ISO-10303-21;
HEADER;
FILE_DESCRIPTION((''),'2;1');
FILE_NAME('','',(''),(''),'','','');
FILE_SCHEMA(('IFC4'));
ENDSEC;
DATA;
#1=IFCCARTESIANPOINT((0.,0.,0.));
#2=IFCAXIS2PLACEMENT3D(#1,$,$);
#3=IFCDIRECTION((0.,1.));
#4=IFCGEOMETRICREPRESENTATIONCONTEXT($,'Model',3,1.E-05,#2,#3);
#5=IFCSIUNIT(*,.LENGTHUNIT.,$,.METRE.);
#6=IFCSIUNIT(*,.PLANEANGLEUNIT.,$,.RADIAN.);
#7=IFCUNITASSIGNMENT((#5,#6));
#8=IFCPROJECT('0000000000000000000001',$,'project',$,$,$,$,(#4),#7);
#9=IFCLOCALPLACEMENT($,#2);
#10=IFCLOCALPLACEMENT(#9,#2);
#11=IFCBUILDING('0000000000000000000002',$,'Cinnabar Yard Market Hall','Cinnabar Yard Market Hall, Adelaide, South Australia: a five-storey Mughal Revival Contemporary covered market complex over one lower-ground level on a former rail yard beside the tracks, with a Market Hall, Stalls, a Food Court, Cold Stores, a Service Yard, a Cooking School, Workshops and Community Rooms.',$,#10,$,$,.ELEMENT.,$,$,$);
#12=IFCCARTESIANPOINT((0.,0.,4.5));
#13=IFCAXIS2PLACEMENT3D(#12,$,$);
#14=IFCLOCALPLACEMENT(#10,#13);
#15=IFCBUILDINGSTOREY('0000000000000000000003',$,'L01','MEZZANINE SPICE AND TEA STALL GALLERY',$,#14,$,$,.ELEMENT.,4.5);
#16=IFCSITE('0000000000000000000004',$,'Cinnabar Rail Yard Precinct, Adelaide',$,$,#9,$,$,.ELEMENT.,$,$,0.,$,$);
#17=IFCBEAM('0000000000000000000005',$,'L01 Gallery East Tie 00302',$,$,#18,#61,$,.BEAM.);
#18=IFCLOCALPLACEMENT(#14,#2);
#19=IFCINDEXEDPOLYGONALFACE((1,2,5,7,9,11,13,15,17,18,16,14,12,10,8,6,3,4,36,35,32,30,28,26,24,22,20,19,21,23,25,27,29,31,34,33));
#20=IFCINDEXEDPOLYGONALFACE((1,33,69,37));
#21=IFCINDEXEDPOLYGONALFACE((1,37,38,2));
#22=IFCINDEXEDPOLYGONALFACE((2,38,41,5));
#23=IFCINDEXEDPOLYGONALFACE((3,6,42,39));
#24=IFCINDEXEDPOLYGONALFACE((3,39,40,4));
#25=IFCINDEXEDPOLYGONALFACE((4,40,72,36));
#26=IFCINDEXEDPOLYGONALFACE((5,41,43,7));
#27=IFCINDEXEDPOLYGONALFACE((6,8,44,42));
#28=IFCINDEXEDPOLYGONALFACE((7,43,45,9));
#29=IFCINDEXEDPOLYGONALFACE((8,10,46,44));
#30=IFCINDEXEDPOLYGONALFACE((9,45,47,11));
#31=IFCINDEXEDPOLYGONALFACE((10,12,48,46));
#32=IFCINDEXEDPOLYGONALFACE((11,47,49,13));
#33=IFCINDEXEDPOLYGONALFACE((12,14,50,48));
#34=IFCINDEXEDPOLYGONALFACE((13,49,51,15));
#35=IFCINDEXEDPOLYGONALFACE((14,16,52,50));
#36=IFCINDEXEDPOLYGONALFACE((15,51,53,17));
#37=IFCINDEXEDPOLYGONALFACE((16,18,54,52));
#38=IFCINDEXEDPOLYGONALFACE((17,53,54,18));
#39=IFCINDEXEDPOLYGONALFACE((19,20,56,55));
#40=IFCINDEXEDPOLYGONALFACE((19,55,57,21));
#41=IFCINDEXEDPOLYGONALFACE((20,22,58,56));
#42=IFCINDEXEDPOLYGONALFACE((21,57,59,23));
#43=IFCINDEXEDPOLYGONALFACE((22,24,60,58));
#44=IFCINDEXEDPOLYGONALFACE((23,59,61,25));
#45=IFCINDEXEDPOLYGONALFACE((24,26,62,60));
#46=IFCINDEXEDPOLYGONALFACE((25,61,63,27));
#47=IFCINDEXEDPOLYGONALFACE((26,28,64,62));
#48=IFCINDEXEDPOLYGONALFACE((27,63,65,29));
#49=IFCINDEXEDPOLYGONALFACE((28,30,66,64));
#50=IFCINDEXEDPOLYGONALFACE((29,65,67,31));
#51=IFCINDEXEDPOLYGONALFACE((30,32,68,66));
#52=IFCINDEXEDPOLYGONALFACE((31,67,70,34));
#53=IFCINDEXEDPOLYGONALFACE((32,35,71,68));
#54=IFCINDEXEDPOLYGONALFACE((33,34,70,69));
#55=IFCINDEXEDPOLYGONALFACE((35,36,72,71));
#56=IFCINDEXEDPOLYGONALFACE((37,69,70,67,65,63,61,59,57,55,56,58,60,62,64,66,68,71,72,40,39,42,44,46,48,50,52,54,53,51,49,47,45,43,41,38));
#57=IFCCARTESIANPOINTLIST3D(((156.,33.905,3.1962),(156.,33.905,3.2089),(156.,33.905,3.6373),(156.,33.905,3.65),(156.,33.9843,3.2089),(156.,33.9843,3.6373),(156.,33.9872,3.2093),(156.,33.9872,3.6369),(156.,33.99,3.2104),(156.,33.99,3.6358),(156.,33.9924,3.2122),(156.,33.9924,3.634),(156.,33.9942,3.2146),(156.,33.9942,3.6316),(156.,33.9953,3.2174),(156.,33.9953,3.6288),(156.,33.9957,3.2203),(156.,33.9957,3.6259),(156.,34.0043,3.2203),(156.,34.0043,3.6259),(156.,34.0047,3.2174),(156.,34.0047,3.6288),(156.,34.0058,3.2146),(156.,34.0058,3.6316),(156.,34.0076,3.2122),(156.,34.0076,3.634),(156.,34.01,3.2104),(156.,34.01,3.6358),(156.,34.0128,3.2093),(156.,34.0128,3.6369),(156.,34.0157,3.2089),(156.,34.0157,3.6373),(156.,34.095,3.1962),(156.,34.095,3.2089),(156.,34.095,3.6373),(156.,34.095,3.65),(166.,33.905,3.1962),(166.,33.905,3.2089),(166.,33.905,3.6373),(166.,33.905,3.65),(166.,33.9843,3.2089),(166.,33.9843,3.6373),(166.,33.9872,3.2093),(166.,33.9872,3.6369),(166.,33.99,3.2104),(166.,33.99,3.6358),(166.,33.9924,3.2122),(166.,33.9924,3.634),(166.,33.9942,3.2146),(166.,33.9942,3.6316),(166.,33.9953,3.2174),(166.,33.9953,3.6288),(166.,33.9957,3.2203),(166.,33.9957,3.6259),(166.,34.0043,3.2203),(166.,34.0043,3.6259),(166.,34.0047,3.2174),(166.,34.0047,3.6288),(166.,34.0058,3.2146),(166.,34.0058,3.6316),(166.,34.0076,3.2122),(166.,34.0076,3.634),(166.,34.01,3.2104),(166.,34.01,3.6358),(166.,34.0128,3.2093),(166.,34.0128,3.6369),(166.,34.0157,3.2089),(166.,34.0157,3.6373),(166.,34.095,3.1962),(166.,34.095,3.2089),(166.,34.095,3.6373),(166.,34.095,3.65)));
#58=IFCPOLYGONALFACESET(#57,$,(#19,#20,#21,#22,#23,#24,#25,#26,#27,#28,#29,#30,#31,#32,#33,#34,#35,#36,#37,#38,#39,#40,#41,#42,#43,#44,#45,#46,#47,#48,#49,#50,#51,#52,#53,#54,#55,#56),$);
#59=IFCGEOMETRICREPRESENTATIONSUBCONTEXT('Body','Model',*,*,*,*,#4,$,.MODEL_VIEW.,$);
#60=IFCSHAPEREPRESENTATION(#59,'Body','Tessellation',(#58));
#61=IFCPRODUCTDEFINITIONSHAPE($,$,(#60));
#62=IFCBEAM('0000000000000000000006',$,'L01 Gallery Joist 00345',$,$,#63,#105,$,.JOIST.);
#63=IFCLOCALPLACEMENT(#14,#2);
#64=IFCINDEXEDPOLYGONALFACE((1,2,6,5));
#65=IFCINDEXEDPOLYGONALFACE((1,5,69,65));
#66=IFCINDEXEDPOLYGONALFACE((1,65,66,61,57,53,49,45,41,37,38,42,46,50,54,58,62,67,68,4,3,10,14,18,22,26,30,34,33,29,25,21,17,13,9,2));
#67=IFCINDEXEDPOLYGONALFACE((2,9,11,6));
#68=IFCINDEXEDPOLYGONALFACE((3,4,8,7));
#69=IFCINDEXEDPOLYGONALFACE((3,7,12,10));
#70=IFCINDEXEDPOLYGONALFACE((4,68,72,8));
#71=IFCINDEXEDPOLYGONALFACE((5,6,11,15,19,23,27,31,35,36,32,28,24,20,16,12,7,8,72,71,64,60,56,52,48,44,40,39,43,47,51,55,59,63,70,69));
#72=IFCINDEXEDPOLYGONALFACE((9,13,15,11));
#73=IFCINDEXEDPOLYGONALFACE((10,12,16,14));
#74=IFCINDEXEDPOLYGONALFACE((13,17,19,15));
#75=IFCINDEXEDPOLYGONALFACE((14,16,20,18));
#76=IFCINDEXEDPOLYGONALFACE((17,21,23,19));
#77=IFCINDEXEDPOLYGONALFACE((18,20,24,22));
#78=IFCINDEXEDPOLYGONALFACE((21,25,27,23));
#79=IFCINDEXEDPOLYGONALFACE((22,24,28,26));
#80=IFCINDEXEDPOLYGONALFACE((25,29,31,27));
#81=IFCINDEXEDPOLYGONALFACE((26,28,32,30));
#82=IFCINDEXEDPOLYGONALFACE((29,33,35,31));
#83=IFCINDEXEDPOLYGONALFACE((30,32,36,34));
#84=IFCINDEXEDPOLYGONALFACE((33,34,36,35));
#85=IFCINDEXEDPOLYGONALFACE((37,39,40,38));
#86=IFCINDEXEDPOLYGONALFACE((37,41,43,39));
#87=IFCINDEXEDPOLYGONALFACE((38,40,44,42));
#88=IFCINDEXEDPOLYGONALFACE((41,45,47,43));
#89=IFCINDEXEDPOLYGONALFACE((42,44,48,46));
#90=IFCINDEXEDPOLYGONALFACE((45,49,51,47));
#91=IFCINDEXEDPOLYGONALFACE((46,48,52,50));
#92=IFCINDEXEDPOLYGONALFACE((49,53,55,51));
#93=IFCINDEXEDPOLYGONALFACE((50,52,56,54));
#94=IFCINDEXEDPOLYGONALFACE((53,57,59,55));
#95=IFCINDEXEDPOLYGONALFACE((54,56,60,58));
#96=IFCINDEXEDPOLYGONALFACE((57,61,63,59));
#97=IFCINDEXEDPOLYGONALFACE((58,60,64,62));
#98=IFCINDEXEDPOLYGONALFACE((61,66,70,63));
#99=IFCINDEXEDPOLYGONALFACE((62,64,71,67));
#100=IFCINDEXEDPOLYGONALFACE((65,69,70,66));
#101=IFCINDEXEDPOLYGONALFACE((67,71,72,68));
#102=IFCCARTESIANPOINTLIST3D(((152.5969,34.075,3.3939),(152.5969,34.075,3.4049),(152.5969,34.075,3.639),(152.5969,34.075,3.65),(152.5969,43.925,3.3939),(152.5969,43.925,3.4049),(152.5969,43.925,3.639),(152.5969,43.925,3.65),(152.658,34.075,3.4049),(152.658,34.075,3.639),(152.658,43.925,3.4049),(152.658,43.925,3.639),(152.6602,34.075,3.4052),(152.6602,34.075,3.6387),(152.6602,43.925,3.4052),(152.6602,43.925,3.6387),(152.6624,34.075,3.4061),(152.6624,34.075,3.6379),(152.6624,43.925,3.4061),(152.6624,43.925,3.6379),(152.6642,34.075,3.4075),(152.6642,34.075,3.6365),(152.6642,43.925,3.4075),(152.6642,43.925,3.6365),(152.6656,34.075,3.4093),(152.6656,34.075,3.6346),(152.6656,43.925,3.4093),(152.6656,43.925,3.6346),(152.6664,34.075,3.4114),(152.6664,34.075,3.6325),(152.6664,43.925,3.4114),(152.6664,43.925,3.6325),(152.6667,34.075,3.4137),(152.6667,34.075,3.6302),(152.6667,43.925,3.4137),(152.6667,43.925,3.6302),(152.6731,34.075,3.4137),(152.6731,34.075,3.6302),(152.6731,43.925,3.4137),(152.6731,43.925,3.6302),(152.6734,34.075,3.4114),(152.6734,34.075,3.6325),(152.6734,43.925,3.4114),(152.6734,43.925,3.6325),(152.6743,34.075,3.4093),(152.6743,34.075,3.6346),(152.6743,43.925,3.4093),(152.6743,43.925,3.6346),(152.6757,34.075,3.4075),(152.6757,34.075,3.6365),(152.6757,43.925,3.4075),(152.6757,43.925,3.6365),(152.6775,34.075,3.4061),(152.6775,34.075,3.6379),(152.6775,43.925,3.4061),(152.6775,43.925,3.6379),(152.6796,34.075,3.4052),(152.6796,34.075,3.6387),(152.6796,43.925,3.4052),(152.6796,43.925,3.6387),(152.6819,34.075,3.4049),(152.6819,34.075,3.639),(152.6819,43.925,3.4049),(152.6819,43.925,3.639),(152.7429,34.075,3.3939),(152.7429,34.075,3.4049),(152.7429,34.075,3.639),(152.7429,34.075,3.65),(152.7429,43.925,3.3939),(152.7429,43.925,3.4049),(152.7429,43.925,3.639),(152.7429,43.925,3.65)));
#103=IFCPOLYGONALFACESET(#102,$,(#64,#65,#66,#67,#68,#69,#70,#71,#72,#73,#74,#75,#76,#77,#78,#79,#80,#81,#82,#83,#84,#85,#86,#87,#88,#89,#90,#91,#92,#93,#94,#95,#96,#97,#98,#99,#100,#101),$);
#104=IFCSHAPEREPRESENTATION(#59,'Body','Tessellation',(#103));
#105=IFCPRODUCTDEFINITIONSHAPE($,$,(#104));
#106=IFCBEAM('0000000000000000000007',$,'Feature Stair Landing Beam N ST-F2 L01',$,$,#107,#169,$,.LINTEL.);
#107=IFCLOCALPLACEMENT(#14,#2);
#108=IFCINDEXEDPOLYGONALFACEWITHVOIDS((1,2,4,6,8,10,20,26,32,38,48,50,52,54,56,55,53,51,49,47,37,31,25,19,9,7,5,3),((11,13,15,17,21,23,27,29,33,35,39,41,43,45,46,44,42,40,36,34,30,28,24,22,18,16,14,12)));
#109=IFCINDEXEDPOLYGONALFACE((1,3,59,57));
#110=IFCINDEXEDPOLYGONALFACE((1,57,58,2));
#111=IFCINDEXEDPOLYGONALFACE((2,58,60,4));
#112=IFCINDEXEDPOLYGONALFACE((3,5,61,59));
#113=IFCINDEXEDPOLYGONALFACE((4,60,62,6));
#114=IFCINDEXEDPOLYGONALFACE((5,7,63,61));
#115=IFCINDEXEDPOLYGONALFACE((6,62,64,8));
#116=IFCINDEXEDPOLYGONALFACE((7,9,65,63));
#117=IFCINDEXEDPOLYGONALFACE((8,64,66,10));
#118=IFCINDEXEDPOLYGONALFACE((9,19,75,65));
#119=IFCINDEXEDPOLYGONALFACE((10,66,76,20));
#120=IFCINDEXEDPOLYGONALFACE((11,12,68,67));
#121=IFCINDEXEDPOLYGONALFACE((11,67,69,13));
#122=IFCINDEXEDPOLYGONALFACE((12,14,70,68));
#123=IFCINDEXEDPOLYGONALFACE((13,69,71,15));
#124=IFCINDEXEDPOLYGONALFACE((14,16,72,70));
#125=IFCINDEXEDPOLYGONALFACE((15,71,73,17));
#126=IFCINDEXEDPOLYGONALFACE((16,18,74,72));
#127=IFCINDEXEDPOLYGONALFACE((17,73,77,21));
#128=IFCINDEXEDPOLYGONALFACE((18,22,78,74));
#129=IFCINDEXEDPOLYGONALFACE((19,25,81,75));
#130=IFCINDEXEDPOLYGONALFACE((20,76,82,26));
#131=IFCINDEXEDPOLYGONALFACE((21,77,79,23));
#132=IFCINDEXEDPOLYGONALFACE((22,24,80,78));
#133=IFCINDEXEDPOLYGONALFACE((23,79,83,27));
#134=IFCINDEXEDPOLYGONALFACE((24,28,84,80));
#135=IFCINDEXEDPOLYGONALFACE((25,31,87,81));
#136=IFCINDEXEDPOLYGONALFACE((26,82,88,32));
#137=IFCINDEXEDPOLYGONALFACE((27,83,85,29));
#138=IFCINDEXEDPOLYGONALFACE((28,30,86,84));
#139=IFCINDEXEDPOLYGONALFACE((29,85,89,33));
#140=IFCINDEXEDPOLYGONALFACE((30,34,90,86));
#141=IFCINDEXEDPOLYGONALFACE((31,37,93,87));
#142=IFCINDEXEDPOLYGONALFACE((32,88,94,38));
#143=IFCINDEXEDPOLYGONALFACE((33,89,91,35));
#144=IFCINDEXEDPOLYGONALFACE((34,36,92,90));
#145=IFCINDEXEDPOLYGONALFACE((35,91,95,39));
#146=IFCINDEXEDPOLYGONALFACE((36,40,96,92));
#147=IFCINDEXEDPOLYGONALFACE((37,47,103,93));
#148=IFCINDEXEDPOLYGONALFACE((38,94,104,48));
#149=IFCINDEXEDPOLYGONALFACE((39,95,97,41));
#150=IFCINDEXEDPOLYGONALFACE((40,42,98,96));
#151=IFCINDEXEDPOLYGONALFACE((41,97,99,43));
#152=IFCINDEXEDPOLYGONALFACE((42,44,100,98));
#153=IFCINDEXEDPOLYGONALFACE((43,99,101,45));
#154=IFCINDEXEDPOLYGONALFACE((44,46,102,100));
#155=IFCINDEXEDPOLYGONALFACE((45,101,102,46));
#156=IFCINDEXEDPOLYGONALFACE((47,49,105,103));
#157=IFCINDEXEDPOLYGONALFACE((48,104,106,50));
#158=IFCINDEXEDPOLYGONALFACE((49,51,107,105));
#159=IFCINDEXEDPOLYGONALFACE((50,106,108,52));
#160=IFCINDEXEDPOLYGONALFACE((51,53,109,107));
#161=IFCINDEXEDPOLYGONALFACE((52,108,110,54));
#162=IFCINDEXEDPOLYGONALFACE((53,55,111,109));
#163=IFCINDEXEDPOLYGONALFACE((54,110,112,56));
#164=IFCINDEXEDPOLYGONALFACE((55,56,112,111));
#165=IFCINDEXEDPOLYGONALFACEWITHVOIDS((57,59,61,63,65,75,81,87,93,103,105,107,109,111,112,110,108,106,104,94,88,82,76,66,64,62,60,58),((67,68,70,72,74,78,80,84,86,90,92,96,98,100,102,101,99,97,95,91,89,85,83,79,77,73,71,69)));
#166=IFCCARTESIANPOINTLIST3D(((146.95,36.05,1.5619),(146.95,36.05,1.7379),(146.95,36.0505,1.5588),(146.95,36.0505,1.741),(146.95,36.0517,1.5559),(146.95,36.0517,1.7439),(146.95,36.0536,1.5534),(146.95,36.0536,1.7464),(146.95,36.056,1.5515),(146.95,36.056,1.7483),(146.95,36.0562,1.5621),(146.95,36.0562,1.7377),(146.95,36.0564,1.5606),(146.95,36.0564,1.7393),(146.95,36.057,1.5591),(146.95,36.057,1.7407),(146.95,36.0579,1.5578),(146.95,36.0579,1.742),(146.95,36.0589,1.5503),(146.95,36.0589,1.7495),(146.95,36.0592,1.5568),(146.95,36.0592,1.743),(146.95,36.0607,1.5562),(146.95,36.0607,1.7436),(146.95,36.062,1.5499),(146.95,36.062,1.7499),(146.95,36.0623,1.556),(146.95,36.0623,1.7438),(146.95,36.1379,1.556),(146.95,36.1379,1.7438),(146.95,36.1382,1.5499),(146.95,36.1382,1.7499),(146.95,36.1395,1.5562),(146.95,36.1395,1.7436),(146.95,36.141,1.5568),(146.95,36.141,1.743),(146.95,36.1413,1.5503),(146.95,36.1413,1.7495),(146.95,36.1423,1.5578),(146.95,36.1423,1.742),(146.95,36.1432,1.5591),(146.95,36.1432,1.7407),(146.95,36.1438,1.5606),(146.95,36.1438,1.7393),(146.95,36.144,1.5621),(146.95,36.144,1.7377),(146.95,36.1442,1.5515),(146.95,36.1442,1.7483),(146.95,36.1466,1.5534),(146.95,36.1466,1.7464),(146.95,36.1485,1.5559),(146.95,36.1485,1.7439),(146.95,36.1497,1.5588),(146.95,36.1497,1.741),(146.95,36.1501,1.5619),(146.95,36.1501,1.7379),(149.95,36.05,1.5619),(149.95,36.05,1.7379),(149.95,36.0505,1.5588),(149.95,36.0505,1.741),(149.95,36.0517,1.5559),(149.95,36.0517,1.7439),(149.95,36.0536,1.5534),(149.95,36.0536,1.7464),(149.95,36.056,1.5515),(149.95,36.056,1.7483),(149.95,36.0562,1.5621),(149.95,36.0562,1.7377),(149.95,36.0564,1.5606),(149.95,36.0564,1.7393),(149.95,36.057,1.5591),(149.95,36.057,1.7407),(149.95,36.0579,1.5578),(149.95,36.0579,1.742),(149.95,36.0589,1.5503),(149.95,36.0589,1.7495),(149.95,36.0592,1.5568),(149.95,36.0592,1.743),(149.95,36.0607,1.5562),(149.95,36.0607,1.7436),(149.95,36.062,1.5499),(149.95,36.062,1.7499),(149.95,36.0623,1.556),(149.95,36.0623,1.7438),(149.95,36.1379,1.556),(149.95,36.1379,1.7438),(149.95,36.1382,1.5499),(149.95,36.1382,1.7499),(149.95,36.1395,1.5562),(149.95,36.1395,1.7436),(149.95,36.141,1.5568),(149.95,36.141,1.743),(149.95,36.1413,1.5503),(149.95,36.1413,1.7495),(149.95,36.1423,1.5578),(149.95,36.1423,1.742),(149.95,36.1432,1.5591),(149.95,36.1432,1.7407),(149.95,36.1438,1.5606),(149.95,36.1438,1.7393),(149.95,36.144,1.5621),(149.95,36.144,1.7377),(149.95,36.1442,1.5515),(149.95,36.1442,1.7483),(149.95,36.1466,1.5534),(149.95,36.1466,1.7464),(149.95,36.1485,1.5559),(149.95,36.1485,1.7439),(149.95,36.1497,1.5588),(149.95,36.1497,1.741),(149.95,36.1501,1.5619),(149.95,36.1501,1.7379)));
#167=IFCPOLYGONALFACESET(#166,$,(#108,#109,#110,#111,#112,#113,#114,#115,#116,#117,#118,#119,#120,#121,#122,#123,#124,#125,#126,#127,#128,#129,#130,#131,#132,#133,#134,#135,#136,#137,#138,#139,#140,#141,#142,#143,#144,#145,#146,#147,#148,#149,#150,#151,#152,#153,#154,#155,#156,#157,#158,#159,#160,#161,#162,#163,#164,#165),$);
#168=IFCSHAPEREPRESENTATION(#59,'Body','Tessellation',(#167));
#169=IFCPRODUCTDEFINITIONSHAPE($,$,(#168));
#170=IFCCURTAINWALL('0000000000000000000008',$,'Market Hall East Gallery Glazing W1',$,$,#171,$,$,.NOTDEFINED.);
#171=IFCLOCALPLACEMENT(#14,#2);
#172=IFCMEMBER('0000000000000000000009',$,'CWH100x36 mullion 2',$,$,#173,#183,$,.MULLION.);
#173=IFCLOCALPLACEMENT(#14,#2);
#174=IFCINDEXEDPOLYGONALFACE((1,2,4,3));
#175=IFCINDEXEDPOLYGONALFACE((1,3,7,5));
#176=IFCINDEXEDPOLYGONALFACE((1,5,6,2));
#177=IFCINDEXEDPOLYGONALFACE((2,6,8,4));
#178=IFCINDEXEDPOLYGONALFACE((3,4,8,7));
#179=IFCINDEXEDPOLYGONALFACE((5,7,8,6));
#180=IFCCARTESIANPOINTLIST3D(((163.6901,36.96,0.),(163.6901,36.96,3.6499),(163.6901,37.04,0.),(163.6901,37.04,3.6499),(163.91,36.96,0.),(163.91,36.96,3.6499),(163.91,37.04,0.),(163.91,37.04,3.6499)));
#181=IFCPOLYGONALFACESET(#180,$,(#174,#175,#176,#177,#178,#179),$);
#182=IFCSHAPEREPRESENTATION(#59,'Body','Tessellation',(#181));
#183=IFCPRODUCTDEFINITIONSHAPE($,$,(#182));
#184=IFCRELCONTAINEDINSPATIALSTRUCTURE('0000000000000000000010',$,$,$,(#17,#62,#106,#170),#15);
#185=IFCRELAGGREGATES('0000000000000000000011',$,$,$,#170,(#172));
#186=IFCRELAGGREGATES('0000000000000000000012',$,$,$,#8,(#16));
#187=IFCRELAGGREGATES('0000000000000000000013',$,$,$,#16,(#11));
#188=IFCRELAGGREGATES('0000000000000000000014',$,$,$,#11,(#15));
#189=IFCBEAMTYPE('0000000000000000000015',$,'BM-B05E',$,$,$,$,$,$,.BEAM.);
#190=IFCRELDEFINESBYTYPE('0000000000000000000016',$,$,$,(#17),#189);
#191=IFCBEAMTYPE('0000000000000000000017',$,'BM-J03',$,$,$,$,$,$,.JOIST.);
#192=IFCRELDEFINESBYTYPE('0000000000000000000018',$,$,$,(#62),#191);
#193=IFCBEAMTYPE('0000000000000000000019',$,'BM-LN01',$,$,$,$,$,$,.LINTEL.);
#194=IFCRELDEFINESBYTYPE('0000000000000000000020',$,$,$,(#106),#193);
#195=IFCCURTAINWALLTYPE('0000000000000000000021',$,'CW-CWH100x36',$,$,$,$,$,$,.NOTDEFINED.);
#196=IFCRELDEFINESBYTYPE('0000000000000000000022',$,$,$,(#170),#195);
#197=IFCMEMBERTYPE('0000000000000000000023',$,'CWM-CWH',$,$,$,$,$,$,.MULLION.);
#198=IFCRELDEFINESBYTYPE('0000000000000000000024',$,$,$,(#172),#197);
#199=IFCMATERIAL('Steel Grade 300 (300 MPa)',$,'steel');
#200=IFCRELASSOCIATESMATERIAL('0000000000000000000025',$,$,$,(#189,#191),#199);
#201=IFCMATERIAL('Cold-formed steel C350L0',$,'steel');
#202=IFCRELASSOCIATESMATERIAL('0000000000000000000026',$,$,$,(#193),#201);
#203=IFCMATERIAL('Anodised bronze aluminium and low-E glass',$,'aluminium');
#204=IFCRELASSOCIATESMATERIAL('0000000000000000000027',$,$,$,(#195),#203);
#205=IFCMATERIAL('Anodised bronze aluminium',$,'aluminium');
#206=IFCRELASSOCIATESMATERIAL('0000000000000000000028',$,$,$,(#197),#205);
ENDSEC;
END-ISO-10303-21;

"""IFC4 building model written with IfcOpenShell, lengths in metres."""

from ifc_helpers import new_model, si_unit, direction, frame, origin, origin_2d_with_axis, place, context, subcontext, project, spatial, rectangle, hollow_rectangle, i_section, extrude, material, material_profile, profile_set, type_object, element, aggregate, save


model = new_model("IFC4")

# Units and contexts
model_context = context("Model", 3, precision=1e-05, world=origin(), true_north=direction((0.0, 1.0)))
body_context = subcontext(model_context, "Body", "Model", "MODEL_VIEW")
ifc_project = project(units=[si_unit("LENGTHUNIT", "METRE"), si_unit("PLANEANGLEUNIT", "RADIAN")], contexts=[model_context])

# Site, building, storey
site_placement = place(None, origin())
site = spatial("IfcSite", under=ifc_project, at=site_placement, Name="Cinnabar Rail Yard Precinct, Adelaide", CompositionType="ELEMENT", RefElevation=0.0)
building_placement = place(site_placement, origin())
building = spatial("IfcBuilding", under=site, at=building_placement, Name="Cinnabar Yard Market Hall", Description="Cinnabar Yard Market Hall, Adelaide, South Australia: a five-storey Mughal Revival Contemporary covered market complex over one lower-ground level on a former rail yard beside the tracks, with a Market Hall, Stalls, a Food Court, Cold Stores, a Service Yard, a Cooking School, Workshops and Community Rooms.", CompositionType="ELEMENT")
storey_placement = place(building_placement, frame((0.0, 0.0, 4.5)))
storey = spatial("IfcBuildingStorey", under=building, at=storey_placement, Name="L01", Description="MEZZANINE SPICE AND TEA STALL GALLERY", CompositionType="ELEMENT", Elevation=4.5)

# Shared definitions
ifc_material_1 = material(Name="Cold-formed steel C350L0", Category="steel")

# Beams
ifc_material_2 = material(Name="Steel Grade 300 (300 MPa)", Category="steel")
ifc_material_profile_1 = material_profile(ifc_material_2, i_section(OverallWidth=0.1899, OverallDepth=0.4539, WebThickness=0.0085, FlangeThickness=0.0127, FilletRadius=0.0115, at=origin_2d_with_axis()), Name="460UB67.1")
ifc_profile_set_1 = profile_set([ifc_material_profile_1], Name="Steel Grade 300 (300 MPa)")
beam_type_1 = type_object("IfcBeamType", Name="BM-B05E", PredefinedType="BEAM", material=ifc_profile_set_1)
beam_1_placement = place(storey_placement, frame((156.0, 34.0, 3.4231), z_axis=(1.0, 0.0, 0.0), x_axis=(0.0, 1.0, 0.0)))
element("IfcBeam", 1, at=beam_1_placement, inside=storey, type_object=beam_type_1, Name="L01 Gallery East Tie 00302", PredefinedType="BEAM", context=body_context, shape_type="SweptSolid", body=[
    extrude(i_section(OverallWidth=0.1899, OverallDepth=0.4539, WebThickness=0.0085, FlangeThickness=0.0127, FilletRadius=0.0115, at=origin_2d_with_axis()), origin(), (0.0, 0.0, 1.0), 10.0),
])
ifc_material_profile_2 = material_profile(ifc_material_2, i_section(OverallWidth=0.146, OverallDepth=0.2561, WebThickness=0.0063, FlangeThickness=0.011, FilletRadius=0.0088, at=origin_2d_with_axis()), Name="250UB37.3")
ifc_profile_set_2 = profile_set([ifc_material_profile_2], Name="Steel Grade 300 (300 MPa)")
beam_type_2 = type_object("IfcBeamType", Name="BM-J03", PredefinedType="JOIST", material=ifc_profile_set_2)
beam_2_placement = place(storey_placement, frame((152.6699, 34.075, 3.522), z_axis=(0.0, 1.0, 0.0), x_axis=(-1.0, 0.0, 0.0)))
element("IfcBeam", 2, at=beam_2_placement, inside=storey, type_object=beam_type_2, Name="L01 Gallery Joist 00345", PredefinedType="JOIST", context=body_context, shape_type="SweptSolid", body=[
    extrude(i_section(OverallWidth=0.146, OverallDepth=0.2561, WebThickness=0.0063, FlangeThickness=0.011, FilletRadius=0.0088, at=origin_2d_with_axis()), origin(), (0.0, 0.0, 1.0), 9.8501),
])
ifc_material_profile_3 = material_profile(ifc_material_1, hollow_rectangle(XDim=0.1001, YDim=0.2, WallThickness=0.0061, InnerFilletRadius=0.0061, OuterFilletRadius=0.012, at=origin_2d_with_axis()), Name="200x100x6.0RHS")
ifc_profile_set_3 = profile_set([ifc_material_profile_3], Name="Cold-formed steel C350L0")
beam_type_3 = type_object("IfcBeamType", Name="BM-LN01", PredefinedType="LINTEL", material=ifc_profile_set_3)
beam_3_placement = place(storey_placement, frame((146.95, 36.1001, 1.6499), z_axis=(1.0, 0.0, 0.0), x_axis=(0.0, 1.0, 0.0)))
element("IfcBeam", 3, at=beam_3_placement, inside=storey, type_object=beam_type_3, Name="Feature Stair Landing Beam N ST-F2 L01", PredefinedType="LINTEL", context=body_context, shape_type="SweptSolid", body=[
    extrude(hollow_rectangle(XDim=0.1001, YDim=0.2, WallThickness=0.0061, InnerFilletRadius=0.0061, OuterFilletRadius=0.012, at=origin_2d_with_axis()), origin(), (0.0, 0.0, 1.0), 3.0),
])

# Curtain wall, member
ifc_material_3 = material(Name="Anodised bronze aluminium and low-E glass", Category="aluminium")
curtain_wall_type_1 = type_object("IfcCurtainWallType", Name="CW-CWH100x36", PredefinedType="NOTDEFINED", material=ifc_material_3)
curtain_wall_1_placement = place(storey_placement, origin())
curtain_wall_1 = element("IfcCurtainWall", 4, at=curtain_wall_1_placement, inside=storey, type_object=curtain_wall_type_1, Name="Market Hall East Gallery Glazing W1", PredefinedType="NOTDEFINED")
ifc_material_4 = material(Name="Anodised bronze aluminium", Category="aluminium")
ifc_material_profile_4 = material_profile(ifc_material_4, rectangle(XDim=0.22, YDim=0.0801, at=origin_2d_with_axis()), Name="MUL-CWH")
ifc_profile_set_4 = profile_set([ifc_material_profile_4], Name="Anodised bronze aluminium")
member_type_1 = type_object("IfcMemberType", Name="CWM-CWH", PredefinedType="MULLION", material=ifc_profile_set_4)
member_1_placement = place(storey_placement, frame((163.8, 37.0, 0.0), z_axis=(0.0, 0.0, 1.0), x_axis=(-1.0, 0.0, 0.0)))
member_1 = element("IfcMember", 5, at=member_1_placement, type_object=member_type_1, Name="CWH100x36 mullion 2", PredefinedType="MULLION", context=body_context, shape_type="SweptSolid", body=[
    extrude(rectangle(XDim=0.22, YDim=0.0801, at=origin_2d_with_axis()), origin(), (0.0, 0.0, 1.0), 3.6499),
])

aggregate(curtain_wall_1, [member_1])

save(model, "model.ifc")
